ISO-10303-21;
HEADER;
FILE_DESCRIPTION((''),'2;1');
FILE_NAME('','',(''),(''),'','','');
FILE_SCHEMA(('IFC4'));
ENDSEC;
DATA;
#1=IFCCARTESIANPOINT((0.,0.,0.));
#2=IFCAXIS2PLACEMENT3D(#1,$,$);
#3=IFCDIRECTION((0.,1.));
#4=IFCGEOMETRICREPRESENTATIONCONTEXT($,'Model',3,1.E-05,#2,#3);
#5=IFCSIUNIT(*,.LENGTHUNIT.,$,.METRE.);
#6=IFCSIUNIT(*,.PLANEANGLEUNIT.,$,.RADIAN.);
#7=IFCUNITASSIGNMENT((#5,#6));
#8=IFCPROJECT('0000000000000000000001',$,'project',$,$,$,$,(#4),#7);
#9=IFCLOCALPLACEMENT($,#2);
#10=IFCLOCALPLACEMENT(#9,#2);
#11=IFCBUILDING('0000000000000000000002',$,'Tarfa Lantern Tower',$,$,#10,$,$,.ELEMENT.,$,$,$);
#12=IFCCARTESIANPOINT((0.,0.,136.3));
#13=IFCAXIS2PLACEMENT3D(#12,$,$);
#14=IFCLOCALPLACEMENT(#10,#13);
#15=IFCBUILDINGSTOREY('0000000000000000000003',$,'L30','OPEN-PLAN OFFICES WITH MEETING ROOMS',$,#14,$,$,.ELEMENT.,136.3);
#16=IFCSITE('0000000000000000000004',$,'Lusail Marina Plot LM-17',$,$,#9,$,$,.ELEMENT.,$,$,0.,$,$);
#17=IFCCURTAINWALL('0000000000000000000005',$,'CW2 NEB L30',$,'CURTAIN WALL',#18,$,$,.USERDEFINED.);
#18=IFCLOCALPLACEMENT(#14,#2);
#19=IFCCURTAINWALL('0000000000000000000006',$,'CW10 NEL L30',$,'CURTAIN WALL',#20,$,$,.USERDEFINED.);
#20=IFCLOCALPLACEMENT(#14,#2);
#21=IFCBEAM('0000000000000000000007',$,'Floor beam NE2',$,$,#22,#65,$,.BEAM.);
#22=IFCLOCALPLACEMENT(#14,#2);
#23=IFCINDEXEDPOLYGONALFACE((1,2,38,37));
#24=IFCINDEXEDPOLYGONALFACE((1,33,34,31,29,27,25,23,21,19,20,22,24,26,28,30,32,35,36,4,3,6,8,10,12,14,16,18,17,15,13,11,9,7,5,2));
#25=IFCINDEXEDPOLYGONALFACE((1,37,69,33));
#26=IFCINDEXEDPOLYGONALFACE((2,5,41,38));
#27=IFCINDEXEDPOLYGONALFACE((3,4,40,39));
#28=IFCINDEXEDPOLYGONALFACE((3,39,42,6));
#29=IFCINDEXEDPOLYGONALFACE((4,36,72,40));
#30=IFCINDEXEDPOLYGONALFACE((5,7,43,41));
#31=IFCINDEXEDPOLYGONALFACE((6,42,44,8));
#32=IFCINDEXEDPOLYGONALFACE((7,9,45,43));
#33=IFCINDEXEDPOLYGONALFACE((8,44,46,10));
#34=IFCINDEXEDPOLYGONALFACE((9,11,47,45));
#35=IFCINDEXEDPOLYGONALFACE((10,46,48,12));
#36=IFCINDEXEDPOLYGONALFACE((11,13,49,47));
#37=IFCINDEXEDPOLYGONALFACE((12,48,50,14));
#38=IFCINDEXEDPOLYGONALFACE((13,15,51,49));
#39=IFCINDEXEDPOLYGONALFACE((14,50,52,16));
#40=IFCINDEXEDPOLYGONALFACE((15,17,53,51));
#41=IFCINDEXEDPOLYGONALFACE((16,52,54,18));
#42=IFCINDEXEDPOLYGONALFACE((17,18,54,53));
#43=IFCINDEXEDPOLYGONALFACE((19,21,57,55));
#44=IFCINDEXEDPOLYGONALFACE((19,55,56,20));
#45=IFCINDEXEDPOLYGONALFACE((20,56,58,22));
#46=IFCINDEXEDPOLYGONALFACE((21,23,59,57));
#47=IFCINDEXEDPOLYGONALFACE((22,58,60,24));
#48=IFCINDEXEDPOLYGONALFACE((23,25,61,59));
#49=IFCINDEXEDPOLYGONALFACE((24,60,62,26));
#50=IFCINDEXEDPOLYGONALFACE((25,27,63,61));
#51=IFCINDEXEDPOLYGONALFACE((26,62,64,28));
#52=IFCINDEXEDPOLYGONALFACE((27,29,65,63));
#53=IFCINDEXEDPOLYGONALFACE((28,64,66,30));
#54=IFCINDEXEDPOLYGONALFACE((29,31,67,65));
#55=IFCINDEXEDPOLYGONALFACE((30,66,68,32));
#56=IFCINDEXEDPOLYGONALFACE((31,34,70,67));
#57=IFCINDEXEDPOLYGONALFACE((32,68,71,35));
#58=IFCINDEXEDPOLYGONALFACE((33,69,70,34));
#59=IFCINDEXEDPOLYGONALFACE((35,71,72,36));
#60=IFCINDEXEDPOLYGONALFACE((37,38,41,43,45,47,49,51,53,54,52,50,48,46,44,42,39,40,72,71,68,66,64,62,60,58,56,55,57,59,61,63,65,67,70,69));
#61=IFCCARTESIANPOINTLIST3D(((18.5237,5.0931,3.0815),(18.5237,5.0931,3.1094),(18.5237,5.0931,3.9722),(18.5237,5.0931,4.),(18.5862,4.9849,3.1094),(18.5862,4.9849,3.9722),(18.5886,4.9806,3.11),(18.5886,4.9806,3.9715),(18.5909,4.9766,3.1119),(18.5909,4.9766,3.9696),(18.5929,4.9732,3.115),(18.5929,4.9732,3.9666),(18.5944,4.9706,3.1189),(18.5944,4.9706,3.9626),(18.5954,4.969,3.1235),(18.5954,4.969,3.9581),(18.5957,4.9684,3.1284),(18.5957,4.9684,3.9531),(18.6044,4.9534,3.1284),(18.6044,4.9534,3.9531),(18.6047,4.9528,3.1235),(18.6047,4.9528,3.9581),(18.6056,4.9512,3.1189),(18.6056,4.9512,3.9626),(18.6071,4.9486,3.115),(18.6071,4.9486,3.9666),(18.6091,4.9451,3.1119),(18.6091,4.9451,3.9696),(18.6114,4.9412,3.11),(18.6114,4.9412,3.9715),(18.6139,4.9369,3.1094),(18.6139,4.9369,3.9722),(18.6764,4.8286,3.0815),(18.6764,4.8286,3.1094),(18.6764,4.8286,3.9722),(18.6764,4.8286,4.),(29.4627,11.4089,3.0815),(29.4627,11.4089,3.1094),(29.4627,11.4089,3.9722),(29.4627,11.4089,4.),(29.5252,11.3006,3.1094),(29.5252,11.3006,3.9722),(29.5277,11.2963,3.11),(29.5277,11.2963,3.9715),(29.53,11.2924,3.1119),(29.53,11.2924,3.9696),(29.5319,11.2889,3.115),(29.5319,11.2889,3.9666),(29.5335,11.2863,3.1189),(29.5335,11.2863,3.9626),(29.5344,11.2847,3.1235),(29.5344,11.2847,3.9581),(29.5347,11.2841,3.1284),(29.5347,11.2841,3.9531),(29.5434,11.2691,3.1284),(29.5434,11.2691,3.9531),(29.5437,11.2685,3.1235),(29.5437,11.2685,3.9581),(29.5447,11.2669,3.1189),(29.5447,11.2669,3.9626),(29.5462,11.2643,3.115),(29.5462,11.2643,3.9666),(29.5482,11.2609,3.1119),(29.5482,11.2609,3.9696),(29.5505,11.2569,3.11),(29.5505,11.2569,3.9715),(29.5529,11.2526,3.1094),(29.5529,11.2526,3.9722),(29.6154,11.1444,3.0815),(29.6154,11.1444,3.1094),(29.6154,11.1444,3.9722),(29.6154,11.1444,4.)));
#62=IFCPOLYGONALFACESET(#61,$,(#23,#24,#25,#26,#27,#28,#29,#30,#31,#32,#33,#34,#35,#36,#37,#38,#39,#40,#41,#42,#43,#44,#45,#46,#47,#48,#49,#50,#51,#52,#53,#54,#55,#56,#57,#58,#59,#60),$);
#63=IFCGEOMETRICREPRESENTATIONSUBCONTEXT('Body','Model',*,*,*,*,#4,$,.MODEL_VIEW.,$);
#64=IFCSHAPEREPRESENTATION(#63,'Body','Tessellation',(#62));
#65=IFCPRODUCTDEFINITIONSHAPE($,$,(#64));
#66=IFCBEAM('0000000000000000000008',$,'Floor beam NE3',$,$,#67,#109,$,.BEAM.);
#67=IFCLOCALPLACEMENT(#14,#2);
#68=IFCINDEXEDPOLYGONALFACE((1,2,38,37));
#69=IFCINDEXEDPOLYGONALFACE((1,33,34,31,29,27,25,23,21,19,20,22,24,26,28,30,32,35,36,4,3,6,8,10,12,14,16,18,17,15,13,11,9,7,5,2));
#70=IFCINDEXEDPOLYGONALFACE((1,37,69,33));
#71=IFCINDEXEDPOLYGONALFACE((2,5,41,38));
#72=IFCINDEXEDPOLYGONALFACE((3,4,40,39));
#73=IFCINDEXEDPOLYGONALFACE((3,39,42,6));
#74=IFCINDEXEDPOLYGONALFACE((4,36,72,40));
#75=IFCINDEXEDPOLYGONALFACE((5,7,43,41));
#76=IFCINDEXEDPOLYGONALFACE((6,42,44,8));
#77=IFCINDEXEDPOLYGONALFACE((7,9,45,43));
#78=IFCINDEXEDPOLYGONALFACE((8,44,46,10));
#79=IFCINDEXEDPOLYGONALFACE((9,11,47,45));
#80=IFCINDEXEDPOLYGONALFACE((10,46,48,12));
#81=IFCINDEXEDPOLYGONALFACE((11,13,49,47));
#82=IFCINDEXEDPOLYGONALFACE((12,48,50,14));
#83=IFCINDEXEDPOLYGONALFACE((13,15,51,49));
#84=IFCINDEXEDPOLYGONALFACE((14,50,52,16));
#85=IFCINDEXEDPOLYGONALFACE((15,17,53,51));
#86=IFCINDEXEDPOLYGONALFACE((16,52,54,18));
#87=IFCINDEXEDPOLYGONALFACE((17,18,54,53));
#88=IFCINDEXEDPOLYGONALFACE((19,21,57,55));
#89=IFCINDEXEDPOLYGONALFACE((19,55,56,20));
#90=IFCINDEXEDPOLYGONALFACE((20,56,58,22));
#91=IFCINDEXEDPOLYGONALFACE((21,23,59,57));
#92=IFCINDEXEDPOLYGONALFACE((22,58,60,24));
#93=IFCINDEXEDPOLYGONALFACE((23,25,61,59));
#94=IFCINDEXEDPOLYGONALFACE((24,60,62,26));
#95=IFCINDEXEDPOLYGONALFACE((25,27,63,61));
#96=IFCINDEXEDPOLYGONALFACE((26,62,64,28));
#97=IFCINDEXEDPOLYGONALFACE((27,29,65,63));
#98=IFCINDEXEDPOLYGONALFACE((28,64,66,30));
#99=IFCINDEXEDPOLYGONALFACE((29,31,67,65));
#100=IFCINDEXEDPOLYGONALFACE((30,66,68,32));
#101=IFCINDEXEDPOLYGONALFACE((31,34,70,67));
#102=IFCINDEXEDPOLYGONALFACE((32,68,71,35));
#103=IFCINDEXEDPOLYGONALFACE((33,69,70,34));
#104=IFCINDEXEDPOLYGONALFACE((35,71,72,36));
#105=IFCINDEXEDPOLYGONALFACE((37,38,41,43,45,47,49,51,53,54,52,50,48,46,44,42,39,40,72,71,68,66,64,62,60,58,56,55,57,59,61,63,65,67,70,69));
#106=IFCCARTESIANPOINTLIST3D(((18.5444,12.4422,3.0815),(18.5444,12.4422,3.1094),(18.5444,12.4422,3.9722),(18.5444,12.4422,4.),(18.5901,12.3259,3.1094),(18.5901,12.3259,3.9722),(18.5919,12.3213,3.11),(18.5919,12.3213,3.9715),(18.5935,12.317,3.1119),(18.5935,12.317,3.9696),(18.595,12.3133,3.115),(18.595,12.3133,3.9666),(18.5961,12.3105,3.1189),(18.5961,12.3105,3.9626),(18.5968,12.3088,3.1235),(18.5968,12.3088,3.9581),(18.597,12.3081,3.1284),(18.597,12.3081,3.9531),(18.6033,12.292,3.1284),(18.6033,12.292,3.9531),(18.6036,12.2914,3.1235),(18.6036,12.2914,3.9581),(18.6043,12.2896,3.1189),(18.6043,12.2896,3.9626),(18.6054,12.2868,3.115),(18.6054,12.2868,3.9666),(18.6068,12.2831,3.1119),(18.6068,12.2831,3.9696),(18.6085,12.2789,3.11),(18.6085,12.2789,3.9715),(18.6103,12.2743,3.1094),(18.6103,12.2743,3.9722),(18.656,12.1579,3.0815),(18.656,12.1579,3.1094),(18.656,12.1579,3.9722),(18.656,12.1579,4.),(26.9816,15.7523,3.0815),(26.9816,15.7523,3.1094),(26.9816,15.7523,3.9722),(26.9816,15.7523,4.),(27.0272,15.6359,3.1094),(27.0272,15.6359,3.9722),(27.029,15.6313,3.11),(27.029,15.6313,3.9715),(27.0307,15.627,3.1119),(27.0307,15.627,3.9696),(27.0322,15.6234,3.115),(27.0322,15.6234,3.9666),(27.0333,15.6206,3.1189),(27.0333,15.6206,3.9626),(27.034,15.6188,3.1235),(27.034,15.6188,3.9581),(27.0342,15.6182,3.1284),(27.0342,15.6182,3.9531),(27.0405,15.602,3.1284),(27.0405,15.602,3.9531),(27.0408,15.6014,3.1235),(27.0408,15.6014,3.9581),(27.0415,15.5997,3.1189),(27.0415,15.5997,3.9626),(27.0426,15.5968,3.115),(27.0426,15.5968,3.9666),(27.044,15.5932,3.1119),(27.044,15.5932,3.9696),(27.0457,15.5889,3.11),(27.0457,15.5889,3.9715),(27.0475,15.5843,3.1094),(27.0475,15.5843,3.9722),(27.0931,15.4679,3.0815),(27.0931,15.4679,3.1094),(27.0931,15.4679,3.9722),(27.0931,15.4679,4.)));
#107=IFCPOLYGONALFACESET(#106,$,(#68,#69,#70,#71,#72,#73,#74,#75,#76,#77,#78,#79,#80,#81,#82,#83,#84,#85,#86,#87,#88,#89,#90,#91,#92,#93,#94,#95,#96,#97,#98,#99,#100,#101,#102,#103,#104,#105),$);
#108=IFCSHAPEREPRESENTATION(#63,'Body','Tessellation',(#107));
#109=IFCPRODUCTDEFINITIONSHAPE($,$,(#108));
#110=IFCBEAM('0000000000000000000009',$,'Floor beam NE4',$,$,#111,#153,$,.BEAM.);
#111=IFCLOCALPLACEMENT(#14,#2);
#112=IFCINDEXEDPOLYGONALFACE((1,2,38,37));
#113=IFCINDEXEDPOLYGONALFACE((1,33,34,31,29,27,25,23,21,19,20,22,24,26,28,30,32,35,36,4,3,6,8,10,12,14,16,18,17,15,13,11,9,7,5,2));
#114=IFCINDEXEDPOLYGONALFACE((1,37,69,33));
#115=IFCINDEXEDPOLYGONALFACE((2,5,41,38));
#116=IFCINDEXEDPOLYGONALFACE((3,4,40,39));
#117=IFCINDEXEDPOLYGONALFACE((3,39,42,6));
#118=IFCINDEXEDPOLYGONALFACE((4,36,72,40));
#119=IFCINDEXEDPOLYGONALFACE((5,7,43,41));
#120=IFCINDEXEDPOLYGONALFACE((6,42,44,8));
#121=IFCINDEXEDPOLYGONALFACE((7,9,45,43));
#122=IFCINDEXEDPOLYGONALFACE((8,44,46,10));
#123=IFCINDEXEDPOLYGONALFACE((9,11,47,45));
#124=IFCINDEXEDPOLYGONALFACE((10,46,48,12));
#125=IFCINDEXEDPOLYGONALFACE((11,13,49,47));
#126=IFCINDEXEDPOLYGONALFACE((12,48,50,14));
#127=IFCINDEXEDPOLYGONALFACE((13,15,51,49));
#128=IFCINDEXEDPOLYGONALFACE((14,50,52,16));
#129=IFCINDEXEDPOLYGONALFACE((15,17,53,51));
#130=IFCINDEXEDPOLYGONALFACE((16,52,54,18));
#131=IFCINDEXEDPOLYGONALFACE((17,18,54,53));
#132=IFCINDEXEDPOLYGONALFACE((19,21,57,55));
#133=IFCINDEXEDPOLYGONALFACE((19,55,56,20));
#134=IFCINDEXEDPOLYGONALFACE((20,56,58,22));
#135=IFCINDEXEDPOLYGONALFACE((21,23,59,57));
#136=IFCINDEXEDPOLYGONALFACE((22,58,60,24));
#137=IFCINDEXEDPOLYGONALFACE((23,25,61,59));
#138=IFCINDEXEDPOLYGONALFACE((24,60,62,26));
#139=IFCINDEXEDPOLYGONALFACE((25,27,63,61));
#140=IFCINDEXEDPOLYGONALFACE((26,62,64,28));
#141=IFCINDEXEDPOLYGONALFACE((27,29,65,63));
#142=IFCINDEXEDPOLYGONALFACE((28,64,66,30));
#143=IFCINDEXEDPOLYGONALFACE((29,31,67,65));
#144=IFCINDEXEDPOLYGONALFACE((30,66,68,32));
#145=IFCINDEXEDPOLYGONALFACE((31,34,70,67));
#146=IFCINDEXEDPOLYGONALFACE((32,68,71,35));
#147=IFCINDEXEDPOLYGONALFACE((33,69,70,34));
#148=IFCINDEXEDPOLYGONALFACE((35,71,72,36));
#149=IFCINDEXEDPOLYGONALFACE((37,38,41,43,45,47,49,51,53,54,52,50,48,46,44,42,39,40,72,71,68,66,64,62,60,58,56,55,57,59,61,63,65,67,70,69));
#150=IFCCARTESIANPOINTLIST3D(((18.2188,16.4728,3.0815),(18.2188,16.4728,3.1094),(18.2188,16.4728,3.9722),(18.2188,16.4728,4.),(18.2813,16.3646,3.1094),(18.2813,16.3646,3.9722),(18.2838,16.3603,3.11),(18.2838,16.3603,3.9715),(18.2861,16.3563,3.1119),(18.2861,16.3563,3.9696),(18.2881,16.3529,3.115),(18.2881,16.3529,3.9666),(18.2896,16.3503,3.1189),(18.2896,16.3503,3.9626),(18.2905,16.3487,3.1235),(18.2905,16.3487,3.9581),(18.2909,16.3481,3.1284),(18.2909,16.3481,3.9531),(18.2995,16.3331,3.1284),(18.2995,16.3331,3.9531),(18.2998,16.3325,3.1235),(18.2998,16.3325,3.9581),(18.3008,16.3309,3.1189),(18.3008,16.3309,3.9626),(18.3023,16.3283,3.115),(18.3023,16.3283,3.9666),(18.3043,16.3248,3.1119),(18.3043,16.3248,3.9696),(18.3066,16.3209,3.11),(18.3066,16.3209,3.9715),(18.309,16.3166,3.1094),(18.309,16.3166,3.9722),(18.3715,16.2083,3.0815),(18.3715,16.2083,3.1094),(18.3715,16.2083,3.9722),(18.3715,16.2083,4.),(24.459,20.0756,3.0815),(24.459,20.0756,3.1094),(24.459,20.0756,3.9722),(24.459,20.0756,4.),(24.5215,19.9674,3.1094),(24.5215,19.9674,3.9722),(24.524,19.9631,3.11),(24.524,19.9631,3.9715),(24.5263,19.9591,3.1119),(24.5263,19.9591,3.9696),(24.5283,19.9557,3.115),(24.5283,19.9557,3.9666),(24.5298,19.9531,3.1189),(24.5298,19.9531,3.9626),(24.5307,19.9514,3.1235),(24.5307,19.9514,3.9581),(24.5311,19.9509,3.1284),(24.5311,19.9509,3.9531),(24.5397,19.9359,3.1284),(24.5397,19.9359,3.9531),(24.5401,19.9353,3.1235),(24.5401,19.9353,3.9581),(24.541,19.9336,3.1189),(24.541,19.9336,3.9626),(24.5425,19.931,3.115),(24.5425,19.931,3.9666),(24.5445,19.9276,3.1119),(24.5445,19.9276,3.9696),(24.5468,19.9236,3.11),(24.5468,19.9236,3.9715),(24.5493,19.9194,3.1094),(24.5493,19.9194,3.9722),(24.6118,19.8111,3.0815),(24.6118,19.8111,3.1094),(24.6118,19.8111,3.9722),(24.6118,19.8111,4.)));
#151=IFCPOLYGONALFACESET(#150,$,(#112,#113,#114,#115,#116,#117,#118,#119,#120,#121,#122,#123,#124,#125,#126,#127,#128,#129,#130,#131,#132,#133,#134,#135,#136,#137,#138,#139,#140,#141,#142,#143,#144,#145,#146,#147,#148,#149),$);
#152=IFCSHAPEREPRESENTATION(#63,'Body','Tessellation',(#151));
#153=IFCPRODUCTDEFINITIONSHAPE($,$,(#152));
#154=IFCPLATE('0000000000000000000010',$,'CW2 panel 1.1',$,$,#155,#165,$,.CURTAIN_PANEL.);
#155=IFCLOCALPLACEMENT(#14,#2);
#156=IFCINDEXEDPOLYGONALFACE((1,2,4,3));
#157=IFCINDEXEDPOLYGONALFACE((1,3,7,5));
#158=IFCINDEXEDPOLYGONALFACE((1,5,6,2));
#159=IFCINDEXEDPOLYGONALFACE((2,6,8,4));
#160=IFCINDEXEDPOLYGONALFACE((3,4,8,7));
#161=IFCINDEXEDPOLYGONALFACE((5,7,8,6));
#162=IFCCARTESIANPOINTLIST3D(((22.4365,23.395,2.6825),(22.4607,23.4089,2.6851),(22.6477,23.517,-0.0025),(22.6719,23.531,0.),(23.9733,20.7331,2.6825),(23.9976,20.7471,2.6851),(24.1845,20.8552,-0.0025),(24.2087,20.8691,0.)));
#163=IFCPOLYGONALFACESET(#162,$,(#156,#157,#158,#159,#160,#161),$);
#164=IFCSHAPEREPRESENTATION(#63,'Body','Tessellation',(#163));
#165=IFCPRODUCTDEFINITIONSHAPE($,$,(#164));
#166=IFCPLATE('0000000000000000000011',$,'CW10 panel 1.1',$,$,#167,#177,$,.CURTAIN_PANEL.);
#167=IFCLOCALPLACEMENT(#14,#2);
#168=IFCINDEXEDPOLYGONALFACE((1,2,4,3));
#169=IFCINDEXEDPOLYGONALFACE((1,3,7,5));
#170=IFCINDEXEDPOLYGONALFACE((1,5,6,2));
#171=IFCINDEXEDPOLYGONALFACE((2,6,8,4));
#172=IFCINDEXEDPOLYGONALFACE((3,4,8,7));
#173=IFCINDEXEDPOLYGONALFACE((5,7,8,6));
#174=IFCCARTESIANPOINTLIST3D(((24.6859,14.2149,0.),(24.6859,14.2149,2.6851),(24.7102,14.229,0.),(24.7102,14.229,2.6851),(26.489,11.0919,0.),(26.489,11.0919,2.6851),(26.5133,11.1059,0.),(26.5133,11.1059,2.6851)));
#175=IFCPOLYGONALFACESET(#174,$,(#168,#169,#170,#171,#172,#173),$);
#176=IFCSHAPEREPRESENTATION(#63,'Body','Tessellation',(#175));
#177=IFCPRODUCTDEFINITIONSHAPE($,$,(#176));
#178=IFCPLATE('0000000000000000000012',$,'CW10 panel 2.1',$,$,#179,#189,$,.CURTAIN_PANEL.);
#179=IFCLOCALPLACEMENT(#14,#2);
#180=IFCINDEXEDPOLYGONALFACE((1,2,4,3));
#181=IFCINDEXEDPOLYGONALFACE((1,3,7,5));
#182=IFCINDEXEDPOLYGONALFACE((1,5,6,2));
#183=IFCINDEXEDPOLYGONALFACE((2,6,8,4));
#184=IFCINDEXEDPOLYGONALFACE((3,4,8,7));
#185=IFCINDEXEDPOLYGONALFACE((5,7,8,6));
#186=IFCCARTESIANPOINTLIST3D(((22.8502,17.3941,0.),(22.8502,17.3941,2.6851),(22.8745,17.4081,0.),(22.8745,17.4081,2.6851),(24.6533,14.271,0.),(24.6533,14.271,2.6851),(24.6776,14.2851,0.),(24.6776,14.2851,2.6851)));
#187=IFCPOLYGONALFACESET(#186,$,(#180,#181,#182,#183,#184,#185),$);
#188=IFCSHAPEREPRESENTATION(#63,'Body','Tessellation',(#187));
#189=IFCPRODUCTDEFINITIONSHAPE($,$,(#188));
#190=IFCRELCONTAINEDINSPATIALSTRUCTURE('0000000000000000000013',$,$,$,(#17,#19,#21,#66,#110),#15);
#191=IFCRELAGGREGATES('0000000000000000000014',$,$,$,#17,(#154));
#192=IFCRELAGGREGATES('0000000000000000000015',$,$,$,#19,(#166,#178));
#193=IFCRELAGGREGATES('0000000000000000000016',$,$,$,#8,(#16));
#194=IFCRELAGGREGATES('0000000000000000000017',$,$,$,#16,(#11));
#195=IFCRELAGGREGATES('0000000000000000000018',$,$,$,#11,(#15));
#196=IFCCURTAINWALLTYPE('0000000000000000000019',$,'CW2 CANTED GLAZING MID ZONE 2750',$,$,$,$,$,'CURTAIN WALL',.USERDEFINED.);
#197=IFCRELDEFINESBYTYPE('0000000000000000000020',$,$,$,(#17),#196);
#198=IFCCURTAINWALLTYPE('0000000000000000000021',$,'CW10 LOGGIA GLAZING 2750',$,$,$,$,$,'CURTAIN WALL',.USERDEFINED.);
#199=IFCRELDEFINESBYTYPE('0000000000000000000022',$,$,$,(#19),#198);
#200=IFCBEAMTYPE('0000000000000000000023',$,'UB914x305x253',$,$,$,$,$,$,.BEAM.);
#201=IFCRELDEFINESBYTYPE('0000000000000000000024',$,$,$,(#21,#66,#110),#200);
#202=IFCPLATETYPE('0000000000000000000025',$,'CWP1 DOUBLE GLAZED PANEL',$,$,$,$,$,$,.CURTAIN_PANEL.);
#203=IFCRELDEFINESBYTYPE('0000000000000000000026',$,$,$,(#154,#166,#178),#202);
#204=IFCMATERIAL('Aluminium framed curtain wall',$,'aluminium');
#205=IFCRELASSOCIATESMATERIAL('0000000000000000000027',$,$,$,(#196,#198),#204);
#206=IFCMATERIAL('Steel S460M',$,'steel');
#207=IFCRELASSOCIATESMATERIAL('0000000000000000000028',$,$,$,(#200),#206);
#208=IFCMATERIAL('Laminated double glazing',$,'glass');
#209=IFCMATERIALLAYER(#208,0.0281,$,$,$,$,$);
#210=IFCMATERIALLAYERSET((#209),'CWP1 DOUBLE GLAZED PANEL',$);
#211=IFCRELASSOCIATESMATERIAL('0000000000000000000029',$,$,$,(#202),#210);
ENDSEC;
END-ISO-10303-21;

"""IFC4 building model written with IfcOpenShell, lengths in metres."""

from ifc_helpers import new_model, si_unit, direction, frame, origin, origin_2d, place, context, subcontext, project, spatial, polyline, rectangle, i_section, outline, extrude, material, layer, layer_set, material_profile, profile_set, type_object, element, aggregate, save


model = new_model("IFC4")

# Units and contexts
model_context = context("Model", 3, precision=1e-05, world=origin(), true_north=direction((0.0, 1.0)))
body_context = subcontext(model_context, "Body", "Model", "MODEL_VIEW")
ifc_project = project(units=[si_unit("LENGTHUNIT", "METRE"), si_unit("PLANEANGLEUNIT", "RADIAN")], contexts=[model_context])

# Site, building, storey
site_placement = place(None, origin())
site = spatial("IfcSite", under=ifc_project, at=site_placement, Name="Lusail Marina Plot LM-17", CompositionType="ELEMENT", RefElevation=0.0)
building_placement = place(site_placement, origin())
building = spatial("IfcBuilding", under=site, at=building_placement, Name="Tarfa Lantern Tower", CompositionType="ELEMENT")
storey_placement = place(building_placement, frame((0.0, 0.0, 136.3)))
storey = spatial("IfcBuildingStorey", under=building, at=storey_placement, Name="L30", Description="OPEN-PLAN OFFICES WITH MEETING ROOMS", CompositionType="ELEMENT", Elevation=136.3)

# Curtain walls
ifc_material_1 = material(Name="Aluminium framed curtain wall", Category="aluminium")
curtain_wall_type_1 = type_object("IfcCurtainWallType", Name="CW2 CANTED GLAZING MID ZONE 2750", ElementType="CURTAIN WALL", PredefinedType="USERDEFINED", material=ifc_material_1)
curtain_wall_1_placement = place(storey_placement, origin())
curtain_wall_1 = element("IfcCurtainWall", 1, at=curtain_wall_1_placement, inside=storey, type_object=curtain_wall_type_1, Name="CW2 NEB L30", ObjectType="CURTAIN WALL", PredefinedType="USERDEFINED")
curtain_wall_type_2 = type_object("IfcCurtainWallType", Name="CW10 LOGGIA GLAZING 2750", ElementType="CURTAIN WALL", PredefinedType="USERDEFINED", material=ifc_material_1)
curtain_wall_2_placement = place(storey_placement, origin())
curtain_wall_2 = element("IfcCurtainWall", 2, at=curtain_wall_2_placement, inside=storey, type_object=curtain_wall_type_2, Name="CW10 NEL L30", ObjectType="CURTAIN WALL", PredefinedType="USERDEFINED")

# Beams
ifc_material_2 = material(Name="Steel S460M", Category="steel")
ifc_material_profile_1 = material_profile(ifc_material_2, i_section(OverallWidth=0.3054, OverallDepth=0.9185, WebThickness=0.0173, FlangeThickness=0.0278, FilletRadius=0.019, at=origin_2d()), Name="UB914x305x253")
ifc_profile_set_1 = profile_set([ifc_material_profile_1], Name="Steel S460M")
beam_type_1 = type_object("IfcBeamType", Name="UB914x305x253", PredefinedType="BEAM", material=ifc_profile_set_1)
beam_1_placement = place(storey_placement, frame((29.5391, 11.2766, 3.5408), z_axis=(-0.866023, -0.500004, 0.0), x_axis=(0.500004, -0.866023, 0.0)))
element("IfcBeam", 3, at=beam_1_placement, inside=storey, type_object=beam_type_1, Name="Floor beam NE2", PredefinedType="BEAM", context=body_context, shape_type="SweptSolid", body=[
    extrude(i_section(OverallWidth=0.3054, OverallDepth=0.9185, WebThickness=0.0173, FlangeThickness=0.0278, FilletRadius=0.019, at=origin_2d()), origin(), (0.0, 0.0, 1.0), 12.6313),
])
beam_2_placement = place(storey_placement, frame((27.0374, 15.6101, 3.5408), z_axis=(-0.930923, -0.365215, 0.0), x_axis=(0.365215, -0.930923, 0.0)))
element("IfcBeam", 4, at=beam_2_placement, inside=storey, type_object=beam_type_1, Name="Floor beam NE3", PredefinedType="BEAM", context=body_context, shape_type="SweptSolid", body=[
    extrude(i_section(OverallWidth=0.3054, OverallDepth=0.9185, WebThickness=0.0173, FlangeThickness=0.0278, FilletRadius=0.019, at=origin_2d()), origin(), (0.0, 0.0, 1.0), 9.0632),
])
beam_3_placement = place(storey_placement, frame((24.5354, 19.9434, 3.5408), z_axis=(-0.866026, -0.499998, 0.0), x_axis=(0.499998, -0.866026, 0.0)))
element("IfcBeam", 5, at=beam_3_placement, inside=storey, type_object=beam_type_1, Name="Floor beam NE4", PredefinedType="BEAM", context=body_context, shape_type="SweptSolid", body=[
    extrude(i_section(OverallWidth=0.3054, OverallDepth=0.9185, WebThickness=0.0173, FlangeThickness=0.0278, FilletRadius=0.019, at=origin_2d()), origin(), (0.0, 0.0, 1.0), 7.2056),
])

# Plates
ifc_material_3 = material(Name="Laminated double glazing", Category="glass")
ifc_layer_1 = layer(ifc_material_3, 0.0281)
ifc_layer_set_1 = layer_set([ifc_layer_1], Name="CWP1 DOUBLE GLAZED PANEL")
plate_type_1 = type_object("IfcPlateType", Name="CWP1 DOUBLE GLAZED PANEL", PredefinedType="CURTAIN_PANEL", material=ifc_layer_set_1)
plate_1_placement = place(storey_placement, frame((24.2087, 20.8691, 0.0), z_axis=(0.862469, 0.497958, 0.090472), x_axis=(-0.500009, 0.86602, 0.0)))
plate_1 = element("IfcPlate", 6, at=plate_1_placement, type_object=plate_type_1, Name="CW2 panel 1.1", PredefinedType="CURTAIN_PANEL", context=body_context, shape_type="SweptSolid", body=[
    extrude(outline(polyline([(0.0, 0.0), (3.0737, 0.0), (3.0736, 2.6961), (-0.0001, 2.6961), (0.0, 0.0)])), origin(), (0.0, 0.0, -1.0), 0.0281),
])
aggregate(curtain_wall_1, [plate_1])
plate_2_placement = place(storey_placement, frame((25.5996, 12.6604, 0.0), z_axis=(0.0, 0.0, 1.0), x_axis=(-0.5, 0.866025, 0.0)))
plate_2 = element("IfcPlate", 7, at=plate_2_placement, type_object=plate_type_1, Name="CW10 panel 1.1", PredefinedType="CURTAIN_PANEL", context=body_context, shape_type="SweptSolid", body=[
    extrude(rectangle(XDim=3.6062, YDim=0.0281, at=origin_2d()), origin(), (0.0, 0.0, 1.0), 2.6851),
])
plate_3_placement = place(storey_placement, frame((23.7639, 15.8396, 0.0), z_axis=(0.0, 0.0, 1.0), x_axis=(-0.5, 0.866025, 0.0)))
plate_3 = element("IfcPlate", 8, at=plate_3_placement, type_object=plate_type_1, Name="CW10 panel 2.1", PredefinedType="CURTAIN_PANEL", context=body_context, shape_type="SweptSolid", body=[
    extrude(rectangle(XDim=3.6062, YDim=0.0281, at=origin_2d()), origin(), (0.0, 0.0, 1.0), 2.6851),
])
aggregate(curtain_wall_2, [plate_2, plate_3])

save(model, "model.ifc")
